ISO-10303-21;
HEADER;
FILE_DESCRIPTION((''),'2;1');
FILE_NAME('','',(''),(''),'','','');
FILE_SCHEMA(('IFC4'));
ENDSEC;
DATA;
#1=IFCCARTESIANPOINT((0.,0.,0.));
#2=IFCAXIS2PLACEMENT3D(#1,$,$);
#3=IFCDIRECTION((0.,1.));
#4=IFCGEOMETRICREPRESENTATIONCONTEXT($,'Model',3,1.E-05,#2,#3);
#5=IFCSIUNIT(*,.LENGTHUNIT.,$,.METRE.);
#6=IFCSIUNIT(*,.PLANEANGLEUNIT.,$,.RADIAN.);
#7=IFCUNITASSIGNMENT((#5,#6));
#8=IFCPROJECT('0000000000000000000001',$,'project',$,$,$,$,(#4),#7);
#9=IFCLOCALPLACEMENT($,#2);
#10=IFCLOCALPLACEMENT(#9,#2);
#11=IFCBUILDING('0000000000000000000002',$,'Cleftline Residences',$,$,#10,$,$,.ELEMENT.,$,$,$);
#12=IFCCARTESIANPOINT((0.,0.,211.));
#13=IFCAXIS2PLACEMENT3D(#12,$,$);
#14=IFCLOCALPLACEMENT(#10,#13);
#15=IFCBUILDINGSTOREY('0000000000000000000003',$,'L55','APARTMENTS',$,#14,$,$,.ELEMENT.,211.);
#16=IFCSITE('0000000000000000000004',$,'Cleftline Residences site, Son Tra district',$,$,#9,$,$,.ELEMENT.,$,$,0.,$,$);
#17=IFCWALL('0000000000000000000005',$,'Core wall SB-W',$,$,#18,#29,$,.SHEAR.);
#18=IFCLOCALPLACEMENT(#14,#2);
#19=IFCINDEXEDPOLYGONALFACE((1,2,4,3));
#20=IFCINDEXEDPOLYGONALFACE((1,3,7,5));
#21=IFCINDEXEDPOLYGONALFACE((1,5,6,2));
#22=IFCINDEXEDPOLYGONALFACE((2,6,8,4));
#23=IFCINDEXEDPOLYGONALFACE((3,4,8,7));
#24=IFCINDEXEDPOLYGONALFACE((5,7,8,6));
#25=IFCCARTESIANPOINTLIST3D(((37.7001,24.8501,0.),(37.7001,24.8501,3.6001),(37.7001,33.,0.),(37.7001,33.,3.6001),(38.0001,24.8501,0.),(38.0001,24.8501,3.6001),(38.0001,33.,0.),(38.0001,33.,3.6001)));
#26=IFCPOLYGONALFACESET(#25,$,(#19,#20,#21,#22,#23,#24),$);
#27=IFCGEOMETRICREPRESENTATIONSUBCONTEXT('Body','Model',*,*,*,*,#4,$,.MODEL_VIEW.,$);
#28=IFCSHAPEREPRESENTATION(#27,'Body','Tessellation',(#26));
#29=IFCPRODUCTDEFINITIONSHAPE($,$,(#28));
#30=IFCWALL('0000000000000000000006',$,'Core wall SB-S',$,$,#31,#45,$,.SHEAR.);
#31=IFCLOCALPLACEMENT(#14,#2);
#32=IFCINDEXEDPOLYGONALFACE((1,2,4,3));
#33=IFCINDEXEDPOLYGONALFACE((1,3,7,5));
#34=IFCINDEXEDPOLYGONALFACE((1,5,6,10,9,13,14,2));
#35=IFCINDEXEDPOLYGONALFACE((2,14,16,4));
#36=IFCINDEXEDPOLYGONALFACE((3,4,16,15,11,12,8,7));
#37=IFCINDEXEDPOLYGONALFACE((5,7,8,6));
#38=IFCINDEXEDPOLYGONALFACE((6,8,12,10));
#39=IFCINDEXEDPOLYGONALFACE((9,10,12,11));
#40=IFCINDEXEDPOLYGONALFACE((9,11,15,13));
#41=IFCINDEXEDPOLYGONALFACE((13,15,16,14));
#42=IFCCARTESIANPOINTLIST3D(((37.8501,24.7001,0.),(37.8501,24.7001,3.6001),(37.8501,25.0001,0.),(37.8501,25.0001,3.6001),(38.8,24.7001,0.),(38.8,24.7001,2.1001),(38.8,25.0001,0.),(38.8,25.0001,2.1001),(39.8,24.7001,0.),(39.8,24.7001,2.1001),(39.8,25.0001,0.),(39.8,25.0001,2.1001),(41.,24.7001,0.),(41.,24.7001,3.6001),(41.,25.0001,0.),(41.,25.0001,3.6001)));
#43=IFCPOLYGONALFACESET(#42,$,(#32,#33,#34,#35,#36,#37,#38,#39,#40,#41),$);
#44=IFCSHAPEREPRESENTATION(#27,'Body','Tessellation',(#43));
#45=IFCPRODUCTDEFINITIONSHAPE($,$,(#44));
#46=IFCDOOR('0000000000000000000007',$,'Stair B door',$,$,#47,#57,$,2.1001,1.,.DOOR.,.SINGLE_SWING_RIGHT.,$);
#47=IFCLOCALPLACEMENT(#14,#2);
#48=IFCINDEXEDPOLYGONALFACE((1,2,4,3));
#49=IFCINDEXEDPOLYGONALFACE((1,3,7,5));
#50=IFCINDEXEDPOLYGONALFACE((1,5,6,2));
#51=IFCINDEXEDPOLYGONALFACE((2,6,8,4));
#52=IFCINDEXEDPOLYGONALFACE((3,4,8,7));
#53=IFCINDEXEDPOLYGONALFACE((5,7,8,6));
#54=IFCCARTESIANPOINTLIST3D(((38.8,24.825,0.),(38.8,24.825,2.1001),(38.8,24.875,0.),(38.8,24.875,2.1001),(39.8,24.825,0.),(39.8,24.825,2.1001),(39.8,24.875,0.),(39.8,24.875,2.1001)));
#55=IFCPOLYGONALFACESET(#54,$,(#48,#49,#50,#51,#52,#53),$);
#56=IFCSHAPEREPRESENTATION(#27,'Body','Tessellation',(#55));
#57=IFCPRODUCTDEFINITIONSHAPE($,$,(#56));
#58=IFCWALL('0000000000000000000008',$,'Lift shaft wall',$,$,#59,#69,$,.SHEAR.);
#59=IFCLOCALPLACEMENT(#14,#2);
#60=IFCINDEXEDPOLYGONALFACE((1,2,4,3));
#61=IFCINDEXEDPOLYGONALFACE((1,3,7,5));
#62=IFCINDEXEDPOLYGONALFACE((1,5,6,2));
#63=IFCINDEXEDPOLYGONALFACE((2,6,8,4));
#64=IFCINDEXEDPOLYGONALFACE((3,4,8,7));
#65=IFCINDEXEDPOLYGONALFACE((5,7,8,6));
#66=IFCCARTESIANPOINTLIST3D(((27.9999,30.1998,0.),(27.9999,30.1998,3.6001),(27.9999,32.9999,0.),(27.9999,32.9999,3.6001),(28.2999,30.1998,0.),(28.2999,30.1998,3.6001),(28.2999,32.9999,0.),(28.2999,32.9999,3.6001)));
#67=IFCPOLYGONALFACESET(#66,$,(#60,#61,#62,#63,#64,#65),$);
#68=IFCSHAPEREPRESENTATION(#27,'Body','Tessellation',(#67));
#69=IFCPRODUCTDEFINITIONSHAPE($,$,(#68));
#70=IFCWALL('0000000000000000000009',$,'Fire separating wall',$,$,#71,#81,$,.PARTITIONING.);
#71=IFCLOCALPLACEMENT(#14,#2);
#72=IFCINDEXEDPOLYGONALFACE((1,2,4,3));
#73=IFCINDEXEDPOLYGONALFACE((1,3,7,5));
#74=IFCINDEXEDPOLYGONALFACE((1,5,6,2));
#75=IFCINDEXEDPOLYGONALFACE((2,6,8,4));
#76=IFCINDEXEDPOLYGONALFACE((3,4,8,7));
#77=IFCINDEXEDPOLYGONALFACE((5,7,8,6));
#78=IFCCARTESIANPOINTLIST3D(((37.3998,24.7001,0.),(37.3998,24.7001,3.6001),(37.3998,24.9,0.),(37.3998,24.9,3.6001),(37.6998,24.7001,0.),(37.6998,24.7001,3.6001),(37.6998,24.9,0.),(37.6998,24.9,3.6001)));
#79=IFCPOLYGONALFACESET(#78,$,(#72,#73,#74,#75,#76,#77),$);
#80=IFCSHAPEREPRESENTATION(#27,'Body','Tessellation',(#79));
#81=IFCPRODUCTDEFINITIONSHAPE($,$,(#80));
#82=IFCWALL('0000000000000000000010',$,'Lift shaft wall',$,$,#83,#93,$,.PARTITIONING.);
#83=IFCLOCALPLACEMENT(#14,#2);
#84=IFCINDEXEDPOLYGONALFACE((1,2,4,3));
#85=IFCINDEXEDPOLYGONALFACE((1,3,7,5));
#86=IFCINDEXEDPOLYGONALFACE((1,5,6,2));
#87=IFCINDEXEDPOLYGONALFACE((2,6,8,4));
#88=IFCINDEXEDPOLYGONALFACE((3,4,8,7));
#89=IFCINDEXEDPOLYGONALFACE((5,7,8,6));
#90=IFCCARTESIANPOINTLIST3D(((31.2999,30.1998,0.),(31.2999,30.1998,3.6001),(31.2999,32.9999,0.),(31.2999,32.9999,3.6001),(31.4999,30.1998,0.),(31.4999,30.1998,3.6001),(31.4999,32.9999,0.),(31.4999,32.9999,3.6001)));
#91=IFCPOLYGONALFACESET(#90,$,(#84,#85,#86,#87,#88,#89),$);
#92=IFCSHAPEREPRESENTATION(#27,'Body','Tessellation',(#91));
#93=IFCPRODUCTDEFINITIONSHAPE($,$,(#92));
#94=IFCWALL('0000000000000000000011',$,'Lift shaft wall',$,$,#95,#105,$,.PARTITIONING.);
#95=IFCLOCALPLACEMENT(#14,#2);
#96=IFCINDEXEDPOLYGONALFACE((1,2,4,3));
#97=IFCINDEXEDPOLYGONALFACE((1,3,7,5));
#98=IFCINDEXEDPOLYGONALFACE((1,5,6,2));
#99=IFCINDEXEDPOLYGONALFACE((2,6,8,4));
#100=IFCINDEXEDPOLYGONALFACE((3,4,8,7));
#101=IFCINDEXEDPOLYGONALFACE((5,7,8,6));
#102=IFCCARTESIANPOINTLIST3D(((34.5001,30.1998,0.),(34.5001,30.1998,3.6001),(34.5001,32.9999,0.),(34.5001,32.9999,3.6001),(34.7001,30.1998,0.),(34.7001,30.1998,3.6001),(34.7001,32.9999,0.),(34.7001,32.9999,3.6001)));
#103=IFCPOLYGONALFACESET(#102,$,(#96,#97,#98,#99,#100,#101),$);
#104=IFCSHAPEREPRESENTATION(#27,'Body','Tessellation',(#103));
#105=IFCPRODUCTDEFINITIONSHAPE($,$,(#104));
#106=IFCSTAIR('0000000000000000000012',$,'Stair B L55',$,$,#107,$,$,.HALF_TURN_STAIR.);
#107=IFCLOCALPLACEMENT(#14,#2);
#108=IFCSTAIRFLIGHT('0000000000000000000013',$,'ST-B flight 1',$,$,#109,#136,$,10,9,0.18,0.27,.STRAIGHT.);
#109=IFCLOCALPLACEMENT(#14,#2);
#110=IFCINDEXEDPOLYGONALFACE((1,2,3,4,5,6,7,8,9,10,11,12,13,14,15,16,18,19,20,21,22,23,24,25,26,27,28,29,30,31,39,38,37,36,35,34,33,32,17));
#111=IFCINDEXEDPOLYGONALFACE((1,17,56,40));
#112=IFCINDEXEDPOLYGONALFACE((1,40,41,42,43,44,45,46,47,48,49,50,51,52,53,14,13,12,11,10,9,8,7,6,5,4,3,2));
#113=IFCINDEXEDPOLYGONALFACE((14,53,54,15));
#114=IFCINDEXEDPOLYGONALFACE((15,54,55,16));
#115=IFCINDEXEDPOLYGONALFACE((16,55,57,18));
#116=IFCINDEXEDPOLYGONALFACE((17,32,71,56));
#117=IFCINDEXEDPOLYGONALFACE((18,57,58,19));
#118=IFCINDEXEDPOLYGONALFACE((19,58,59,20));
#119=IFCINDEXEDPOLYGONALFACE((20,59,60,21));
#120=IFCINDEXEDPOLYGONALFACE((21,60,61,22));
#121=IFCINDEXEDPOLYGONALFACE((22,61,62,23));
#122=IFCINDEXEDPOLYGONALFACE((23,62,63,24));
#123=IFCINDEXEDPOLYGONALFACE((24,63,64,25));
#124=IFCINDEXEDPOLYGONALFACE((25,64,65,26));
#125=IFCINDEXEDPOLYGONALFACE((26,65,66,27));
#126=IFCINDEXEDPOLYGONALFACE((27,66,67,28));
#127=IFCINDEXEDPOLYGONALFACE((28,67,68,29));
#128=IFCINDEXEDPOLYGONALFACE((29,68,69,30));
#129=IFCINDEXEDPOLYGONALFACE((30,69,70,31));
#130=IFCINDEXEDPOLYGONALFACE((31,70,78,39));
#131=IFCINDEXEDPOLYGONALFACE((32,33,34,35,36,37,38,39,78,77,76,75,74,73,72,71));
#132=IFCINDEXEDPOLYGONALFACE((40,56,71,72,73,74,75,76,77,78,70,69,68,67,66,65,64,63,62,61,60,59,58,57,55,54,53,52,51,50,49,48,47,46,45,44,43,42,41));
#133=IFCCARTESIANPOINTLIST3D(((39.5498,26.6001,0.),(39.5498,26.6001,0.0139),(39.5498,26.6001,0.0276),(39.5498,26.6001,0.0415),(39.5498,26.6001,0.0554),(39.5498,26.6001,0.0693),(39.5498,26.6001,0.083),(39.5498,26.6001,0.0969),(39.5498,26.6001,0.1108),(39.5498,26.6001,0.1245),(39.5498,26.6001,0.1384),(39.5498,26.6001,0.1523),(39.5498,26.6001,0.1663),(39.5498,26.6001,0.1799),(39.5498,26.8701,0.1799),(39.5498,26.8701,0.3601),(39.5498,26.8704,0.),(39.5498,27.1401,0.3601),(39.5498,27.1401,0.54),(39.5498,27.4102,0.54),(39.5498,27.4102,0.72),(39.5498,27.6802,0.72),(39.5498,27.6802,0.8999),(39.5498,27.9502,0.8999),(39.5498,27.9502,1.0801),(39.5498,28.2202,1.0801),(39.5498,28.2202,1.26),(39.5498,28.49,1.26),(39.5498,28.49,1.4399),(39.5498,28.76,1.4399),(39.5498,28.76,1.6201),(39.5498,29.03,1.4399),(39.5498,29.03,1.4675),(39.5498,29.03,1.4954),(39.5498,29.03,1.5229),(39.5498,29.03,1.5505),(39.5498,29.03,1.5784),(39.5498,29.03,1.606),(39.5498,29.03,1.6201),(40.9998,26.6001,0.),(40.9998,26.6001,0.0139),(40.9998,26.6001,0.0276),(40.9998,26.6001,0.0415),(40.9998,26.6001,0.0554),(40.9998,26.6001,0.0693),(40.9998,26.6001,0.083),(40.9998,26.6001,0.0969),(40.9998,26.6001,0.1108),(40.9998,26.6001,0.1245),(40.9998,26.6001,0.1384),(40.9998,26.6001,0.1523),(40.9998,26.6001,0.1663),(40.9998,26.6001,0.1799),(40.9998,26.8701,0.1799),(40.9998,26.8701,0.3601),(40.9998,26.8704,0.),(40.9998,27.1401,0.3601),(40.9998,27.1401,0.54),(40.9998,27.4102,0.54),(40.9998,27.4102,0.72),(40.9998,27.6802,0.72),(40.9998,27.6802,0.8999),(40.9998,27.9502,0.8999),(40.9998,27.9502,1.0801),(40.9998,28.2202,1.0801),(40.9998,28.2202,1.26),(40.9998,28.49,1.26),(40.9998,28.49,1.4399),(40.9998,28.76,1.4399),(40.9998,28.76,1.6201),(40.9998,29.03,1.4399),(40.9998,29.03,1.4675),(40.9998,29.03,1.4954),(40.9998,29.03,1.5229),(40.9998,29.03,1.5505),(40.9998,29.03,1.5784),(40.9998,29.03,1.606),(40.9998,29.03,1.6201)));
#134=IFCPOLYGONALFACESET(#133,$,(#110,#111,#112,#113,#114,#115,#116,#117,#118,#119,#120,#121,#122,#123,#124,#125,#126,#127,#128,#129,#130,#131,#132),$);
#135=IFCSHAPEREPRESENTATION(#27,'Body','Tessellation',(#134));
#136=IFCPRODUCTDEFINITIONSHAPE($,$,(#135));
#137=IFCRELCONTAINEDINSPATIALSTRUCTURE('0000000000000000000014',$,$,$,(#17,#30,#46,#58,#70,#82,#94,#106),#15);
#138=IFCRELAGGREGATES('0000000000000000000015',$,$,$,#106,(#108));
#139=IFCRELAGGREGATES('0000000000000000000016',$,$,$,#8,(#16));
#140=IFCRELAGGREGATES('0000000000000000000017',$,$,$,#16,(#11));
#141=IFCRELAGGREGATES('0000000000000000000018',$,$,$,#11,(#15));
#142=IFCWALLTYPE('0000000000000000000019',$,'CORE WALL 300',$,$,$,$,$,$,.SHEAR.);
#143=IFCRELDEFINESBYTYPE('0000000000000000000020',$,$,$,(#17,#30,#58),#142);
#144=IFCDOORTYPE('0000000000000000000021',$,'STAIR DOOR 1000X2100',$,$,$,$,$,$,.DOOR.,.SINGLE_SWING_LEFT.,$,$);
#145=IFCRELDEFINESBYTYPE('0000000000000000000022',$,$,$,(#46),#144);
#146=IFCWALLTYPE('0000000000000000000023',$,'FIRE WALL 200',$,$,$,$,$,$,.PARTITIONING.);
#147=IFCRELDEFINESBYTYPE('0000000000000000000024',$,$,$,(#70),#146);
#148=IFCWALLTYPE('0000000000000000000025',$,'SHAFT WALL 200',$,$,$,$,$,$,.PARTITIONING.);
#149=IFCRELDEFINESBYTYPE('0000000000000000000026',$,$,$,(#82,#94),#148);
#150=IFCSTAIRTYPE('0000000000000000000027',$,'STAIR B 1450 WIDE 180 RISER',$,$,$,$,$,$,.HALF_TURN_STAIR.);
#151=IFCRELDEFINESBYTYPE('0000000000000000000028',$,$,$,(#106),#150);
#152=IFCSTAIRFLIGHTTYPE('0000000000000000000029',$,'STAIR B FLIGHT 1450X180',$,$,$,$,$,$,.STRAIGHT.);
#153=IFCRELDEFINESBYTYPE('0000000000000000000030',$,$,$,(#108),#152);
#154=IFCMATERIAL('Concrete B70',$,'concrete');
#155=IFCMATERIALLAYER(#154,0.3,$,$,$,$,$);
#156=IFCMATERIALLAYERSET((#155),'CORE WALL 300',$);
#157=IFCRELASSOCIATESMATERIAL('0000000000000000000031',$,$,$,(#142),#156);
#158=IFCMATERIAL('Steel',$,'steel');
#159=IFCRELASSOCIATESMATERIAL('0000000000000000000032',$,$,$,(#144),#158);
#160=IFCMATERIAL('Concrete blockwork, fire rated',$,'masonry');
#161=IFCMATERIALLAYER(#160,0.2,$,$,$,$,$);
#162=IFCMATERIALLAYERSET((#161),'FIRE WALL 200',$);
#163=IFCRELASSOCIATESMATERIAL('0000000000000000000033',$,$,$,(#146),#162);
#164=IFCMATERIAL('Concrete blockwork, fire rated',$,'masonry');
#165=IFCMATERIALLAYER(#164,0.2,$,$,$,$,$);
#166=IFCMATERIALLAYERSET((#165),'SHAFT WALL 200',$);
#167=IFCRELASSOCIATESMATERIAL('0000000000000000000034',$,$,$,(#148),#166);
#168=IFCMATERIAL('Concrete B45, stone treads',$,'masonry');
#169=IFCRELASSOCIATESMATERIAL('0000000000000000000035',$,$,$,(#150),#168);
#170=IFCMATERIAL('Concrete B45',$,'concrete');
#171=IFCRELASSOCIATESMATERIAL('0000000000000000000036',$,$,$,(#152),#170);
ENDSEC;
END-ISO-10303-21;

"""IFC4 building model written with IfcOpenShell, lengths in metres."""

from ifc_helpers import new_model, si_unit, direction, frame, frame_2d, origin, place, context, subcontext, project, spatial, polyline, rectangle, outline, extrude, material, layer, layer_set, type_object, element, fill, aggregate, save


model = new_model("IFC4")

# Units and contexts
model_context = context("Model", 3, precision=1e-05, world=origin(), true_north=direction((0.0, 1.0)))
body_context = subcontext(model_context, "Body", "Model", "MODEL_VIEW")
ifc_project = project(units=[si_unit("LENGTHUNIT", "METRE"), si_unit("PLANEANGLEUNIT", "RADIAN")], contexts=[model_context])

# Site, building, storey
site_placement = place(None, origin())
site = spatial("IfcSite", under=ifc_project, at=site_placement, Name="Cleftline Residences site, Son Tra district", CompositionType="ELEMENT", RefElevation=0.0)
building_placement = place(site_placement, origin())
building = spatial("IfcBuilding", under=site, at=building_placement, Name="Cleftline Residences", CompositionType="ELEMENT")
storey_placement = place(building_placement, frame((0.0, 0.0, 211.0)))
storey = spatial("IfcBuildingStorey", under=building, at=storey_placement, Name="L55", Description="APARTMENTS", CompositionType="ELEMENT", Elevation=211.0)

# Wall
ifc_material_1 = material(Name="Concrete B70", Category="concrete")
ifc_layer_1 = layer(ifc_material_1, 0.3)
ifc_layer_set_1 = layer_set([ifc_layer_1], Name="CORE WALL 300")
wall_type_1 = type_object("IfcWallType", Name="CORE WALL 300", PredefinedType="SHEAR", material=ifc_layer_set_1)
wall_1_placement = place(storey_placement, frame((37.8501, 24.8501, 0.0), z_axis=(0.0, 0.0, 1.0), x_axis=(0.0, 1.0, 0.0)))
element("IfcWall", 1, at=wall_1_placement, inside=storey, type_object=wall_type_1, Name="Core wall SB-W", PredefinedType="SHEAR", context=body_context, shape_type="SweptSolid", body=[
    extrude(rectangle(XDim=8.1499, YDim=0.3, at=frame_2d((4.075, 0.0))), origin(), (0.0, 0.0, 1.0), 3.6001),
])

# Wall, opening, door
wall_2_placement = place(storey_placement, frame((37.8501, 24.8501, 0.0), z_axis=(0.0, 0.0, 1.0), x_axis=(1.0, 0.0, 0.0)))
wall_2 = element("IfcWall", 2, at=wall_2_placement, inside=storey, type_object=wall_type_1, Name="Core wall SB-S", PredefinedType="SHEAR", context=body_context, shape_type="SweptSolid", body=[
    extrude(rectangle(XDim=3.1499, YDim=0.3, at=frame_2d((1.575, 0.0))), origin(), (0.0, 0.0, 1.0), 3.6001),
])
opening_placement = place(wall_2_placement, frame((0.95, 0.0, 0.0)))
opening = element("IfcOpeningElement", 3, at=opening_placement, cuts=wall_2, PredefinedType="OPENING", context=body_context, shape_type="SweptSolid", body=[
    extrude(rectangle(XDim=1.0, YDim=2.1001, at=frame_2d((0.5, 1.05))), frame((0.0, 0.1599, 0.0), z_axis=(0.0, -1.0, 0.0), x_axis=(1.0, 0.0, 0.0)), (0.0, 0.0, 1.0), 0.3201),
])
ifc_material_2 = material(Name="Steel", Category="steel")
door_type = type_object("IfcDoorType", Name="STAIR DOOR 1000X2100", OperationType="SINGLE_SWING_LEFT", PredefinedType="DOOR", material=ifc_material_2)
door_placement = place(opening_placement, origin())
door = element("IfcDoor", 4, at=door_placement, inside=storey, type_object=door_type, Name="Stair B door", OperationType="SINGLE_SWING_RIGHT", OverallHeight=2.1001, OverallWidth=1.0, PredefinedType="DOOR", context=body_context, shape_type="SweptSolid", body=[
    extrude(rectangle(XDim=1.0, YDim=2.1001, at=frame_2d((0.5, 1.05))), frame((0.0, 0.0249, 0.0), z_axis=(0.0, -1.0, 0.0), x_axis=(1.0, 0.0, 0.0)), (0.0, 0.0, 1.0), 0.05),
])
fill(opening, door)

# Walls
wall_3_placement = place(storey_placement, frame((28.1499, 30.2, 0.0), z_axis=(0.0, 0.0, 1.0), x_axis=(0.0, 1.0, 0.0)))
element("IfcWall", 5, at=wall_3_placement, inside=storey, type_object=wall_type_1, Name="Lift shaft wall", PredefinedType="SHEAR", context=body_context, shape_type="SweptSolid", body=[
    extrude(rectangle(XDim=2.8, YDim=0.3, at=frame_2d((1.3999, 0.0))), origin(), (0.0, 0.0, 1.0), 3.6001),
])
ifc_material_3 = material(Name="Concrete blockwork, fire rated", Category="masonry")
ifc_layer_2 = layer(ifc_material_3, 0.2)
ifc_layer_set_2 = layer_set([ifc_layer_2], Name="FIRE WALL 200")
wall_type_2 = type_object("IfcWallType", Name="FIRE WALL 200", PredefinedType="PARTITIONING", material=ifc_layer_set_2)
wall_4_placement = place(storey_placement, frame((37.3999, 24.8, 0.0), z_axis=(0.0, 0.0, 1.0), x_axis=(1.0, 0.0, 0.0)))
element("IfcWall", 6, at=wall_4_placement, inside=storey, type_object=wall_type_2, Name="Fire separating wall", PredefinedType="PARTITIONING", context=body_context, shape_type="SweptSolid", body=[
    extrude(rectangle(XDim=0.3, YDim=0.2, at=frame_2d((0.1499, 0.0))), origin(), (0.0, 0.0, 1.0), 3.6001),
])
ifc_material_4 = material(Name="Concrete blockwork, fire rated", Category="masonry")
ifc_layer_3 = layer(ifc_material_4, 0.2)
ifc_layer_set_3 = layer_set([ifc_layer_3], Name="SHAFT WALL 200")
wall_type_3 = type_object("IfcWallType", Name="SHAFT WALL 200", PredefinedType="PARTITIONING", material=ifc_layer_set_3)
for number, where, z_axis, x_axis, name in (
    (7, (31.3999, 30.2, 0.0), (0.0, 0.0, 1.0), (0.0, 1.0, 0.0), "Lift shaft wall"),
    (8, (34.6001, 30.2, 0.0), (0.0, 0.0, 1.0), (0.0, 1.0, 0.0), "Lift shaft wall"),
):
    element("IfcWall", number, at=place(storey_placement, frame(where, z_axis=z_axis, x_axis=x_axis)), inside=storey, type_object=wall_type_3, Name=name, PredefinedType="PARTITIONING", context=body_context, shape_type="SweptSolid", body=[
        extrude(rectangle(XDim=2.8, YDim=0.2, at=frame_2d((1.3999, 0.0))), origin(), (0.0, 0.0, 1.0), 3.6001),
    ])

# Stair, stair flight
ifc_material_5 = material(Name="Concrete B45, stone treads", Category="masonry")
stair_type = type_object("IfcStairType", Name="STAIR B 1450 WIDE 180 RISER", PredefinedType="HALF_TURN_STAIR", material=ifc_material_5)
stair_placement = place(storey_placement, origin())
stair = element("IfcStair", 9, at=stair_placement, inside=storey, type_object=stair_type, Name="Stair B L55", PredefinedType="HALF_TURN_STAIR")
ifc_material_6 = material(Name="Concrete B45", Category="concrete")
stair_flight_type = type_object("IfcStairFlightType", Name="STAIR B FLIGHT 1450X180", PredefinedType="STRAIGHT", material=ifc_material_6)
stair_flight_1_placement = place(storey_placement, frame((40.2749, 26.6001, 0.0), z_axis=(0.0, 0.0, 1.0), x_axis=(0.0, 1.0, 0.0)))
stair_flight_1 = element("IfcStairFlight", 10, at=stair_flight_1_placement, type_object=stair_flight_type, Name="ST-B flight 1", NumberOfRisers=10, NumberOfTreads=9, PredefinedType="STRAIGHT", RiserHeight=0.18, TreadLength=0.27, context=body_context, shape_type="SweptSolid", body=[
    extrude(outline(polyline([(0.0, 0.0), (0.0, 0.0139), (0.0, 0.0276), (0.0, 0.0415), (0.0, 0.0554), (0.0, 0.0693), (0.0, 0.083), (0.0, 0.0969), (0.0, 0.1108), (0.0, 0.1245), (0.0, 0.1384), (0.0, 0.1523), (0.0, 0.1663), (0.0, 0.1799), (0.27, 0.1799), (0.27, 0.3601), (0.54, 0.3601), (0.54, 0.54), (0.8101, 0.54), (0.8101, 0.72), (1.0801, 0.72), (1.0801, 0.8999), (1.3501, 0.8999), (1.3501, 1.0801), (1.6201, 1.0801), (1.6201, 1.26), (1.8899, 1.26), (1.8899, 1.4399), (2.1599, 1.4399), (2.1599, 1.6201), (2.4299, 1.6201), (2.4299, 1.8), (2.4299, 1.7722), (2.4299, 1.7446), (2.4299, 1.7168), (2.4299, 1.6892), (2.4299, 1.6614), (2.4299, 1.6338), (2.4299, 1.606), (2.4299, 1.5784), (2.4299, 1.5505), (2.4299, 1.5229), (2.4299, 1.4954), (2.4299, 1.4675), (2.4299, 1.4399), (0.2703, 0.0), (0.0, 0.0)])), frame((0.0, 0.7251, 0.0), z_axis=(0.0, -1.0, 0.0), x_axis=(1.0, 0.0, 0.0)), (0.0, 0.0, 1.0), 1.45),
])
aggregate(stair, [stair_flight_1])

save(model, "model.ifc")
